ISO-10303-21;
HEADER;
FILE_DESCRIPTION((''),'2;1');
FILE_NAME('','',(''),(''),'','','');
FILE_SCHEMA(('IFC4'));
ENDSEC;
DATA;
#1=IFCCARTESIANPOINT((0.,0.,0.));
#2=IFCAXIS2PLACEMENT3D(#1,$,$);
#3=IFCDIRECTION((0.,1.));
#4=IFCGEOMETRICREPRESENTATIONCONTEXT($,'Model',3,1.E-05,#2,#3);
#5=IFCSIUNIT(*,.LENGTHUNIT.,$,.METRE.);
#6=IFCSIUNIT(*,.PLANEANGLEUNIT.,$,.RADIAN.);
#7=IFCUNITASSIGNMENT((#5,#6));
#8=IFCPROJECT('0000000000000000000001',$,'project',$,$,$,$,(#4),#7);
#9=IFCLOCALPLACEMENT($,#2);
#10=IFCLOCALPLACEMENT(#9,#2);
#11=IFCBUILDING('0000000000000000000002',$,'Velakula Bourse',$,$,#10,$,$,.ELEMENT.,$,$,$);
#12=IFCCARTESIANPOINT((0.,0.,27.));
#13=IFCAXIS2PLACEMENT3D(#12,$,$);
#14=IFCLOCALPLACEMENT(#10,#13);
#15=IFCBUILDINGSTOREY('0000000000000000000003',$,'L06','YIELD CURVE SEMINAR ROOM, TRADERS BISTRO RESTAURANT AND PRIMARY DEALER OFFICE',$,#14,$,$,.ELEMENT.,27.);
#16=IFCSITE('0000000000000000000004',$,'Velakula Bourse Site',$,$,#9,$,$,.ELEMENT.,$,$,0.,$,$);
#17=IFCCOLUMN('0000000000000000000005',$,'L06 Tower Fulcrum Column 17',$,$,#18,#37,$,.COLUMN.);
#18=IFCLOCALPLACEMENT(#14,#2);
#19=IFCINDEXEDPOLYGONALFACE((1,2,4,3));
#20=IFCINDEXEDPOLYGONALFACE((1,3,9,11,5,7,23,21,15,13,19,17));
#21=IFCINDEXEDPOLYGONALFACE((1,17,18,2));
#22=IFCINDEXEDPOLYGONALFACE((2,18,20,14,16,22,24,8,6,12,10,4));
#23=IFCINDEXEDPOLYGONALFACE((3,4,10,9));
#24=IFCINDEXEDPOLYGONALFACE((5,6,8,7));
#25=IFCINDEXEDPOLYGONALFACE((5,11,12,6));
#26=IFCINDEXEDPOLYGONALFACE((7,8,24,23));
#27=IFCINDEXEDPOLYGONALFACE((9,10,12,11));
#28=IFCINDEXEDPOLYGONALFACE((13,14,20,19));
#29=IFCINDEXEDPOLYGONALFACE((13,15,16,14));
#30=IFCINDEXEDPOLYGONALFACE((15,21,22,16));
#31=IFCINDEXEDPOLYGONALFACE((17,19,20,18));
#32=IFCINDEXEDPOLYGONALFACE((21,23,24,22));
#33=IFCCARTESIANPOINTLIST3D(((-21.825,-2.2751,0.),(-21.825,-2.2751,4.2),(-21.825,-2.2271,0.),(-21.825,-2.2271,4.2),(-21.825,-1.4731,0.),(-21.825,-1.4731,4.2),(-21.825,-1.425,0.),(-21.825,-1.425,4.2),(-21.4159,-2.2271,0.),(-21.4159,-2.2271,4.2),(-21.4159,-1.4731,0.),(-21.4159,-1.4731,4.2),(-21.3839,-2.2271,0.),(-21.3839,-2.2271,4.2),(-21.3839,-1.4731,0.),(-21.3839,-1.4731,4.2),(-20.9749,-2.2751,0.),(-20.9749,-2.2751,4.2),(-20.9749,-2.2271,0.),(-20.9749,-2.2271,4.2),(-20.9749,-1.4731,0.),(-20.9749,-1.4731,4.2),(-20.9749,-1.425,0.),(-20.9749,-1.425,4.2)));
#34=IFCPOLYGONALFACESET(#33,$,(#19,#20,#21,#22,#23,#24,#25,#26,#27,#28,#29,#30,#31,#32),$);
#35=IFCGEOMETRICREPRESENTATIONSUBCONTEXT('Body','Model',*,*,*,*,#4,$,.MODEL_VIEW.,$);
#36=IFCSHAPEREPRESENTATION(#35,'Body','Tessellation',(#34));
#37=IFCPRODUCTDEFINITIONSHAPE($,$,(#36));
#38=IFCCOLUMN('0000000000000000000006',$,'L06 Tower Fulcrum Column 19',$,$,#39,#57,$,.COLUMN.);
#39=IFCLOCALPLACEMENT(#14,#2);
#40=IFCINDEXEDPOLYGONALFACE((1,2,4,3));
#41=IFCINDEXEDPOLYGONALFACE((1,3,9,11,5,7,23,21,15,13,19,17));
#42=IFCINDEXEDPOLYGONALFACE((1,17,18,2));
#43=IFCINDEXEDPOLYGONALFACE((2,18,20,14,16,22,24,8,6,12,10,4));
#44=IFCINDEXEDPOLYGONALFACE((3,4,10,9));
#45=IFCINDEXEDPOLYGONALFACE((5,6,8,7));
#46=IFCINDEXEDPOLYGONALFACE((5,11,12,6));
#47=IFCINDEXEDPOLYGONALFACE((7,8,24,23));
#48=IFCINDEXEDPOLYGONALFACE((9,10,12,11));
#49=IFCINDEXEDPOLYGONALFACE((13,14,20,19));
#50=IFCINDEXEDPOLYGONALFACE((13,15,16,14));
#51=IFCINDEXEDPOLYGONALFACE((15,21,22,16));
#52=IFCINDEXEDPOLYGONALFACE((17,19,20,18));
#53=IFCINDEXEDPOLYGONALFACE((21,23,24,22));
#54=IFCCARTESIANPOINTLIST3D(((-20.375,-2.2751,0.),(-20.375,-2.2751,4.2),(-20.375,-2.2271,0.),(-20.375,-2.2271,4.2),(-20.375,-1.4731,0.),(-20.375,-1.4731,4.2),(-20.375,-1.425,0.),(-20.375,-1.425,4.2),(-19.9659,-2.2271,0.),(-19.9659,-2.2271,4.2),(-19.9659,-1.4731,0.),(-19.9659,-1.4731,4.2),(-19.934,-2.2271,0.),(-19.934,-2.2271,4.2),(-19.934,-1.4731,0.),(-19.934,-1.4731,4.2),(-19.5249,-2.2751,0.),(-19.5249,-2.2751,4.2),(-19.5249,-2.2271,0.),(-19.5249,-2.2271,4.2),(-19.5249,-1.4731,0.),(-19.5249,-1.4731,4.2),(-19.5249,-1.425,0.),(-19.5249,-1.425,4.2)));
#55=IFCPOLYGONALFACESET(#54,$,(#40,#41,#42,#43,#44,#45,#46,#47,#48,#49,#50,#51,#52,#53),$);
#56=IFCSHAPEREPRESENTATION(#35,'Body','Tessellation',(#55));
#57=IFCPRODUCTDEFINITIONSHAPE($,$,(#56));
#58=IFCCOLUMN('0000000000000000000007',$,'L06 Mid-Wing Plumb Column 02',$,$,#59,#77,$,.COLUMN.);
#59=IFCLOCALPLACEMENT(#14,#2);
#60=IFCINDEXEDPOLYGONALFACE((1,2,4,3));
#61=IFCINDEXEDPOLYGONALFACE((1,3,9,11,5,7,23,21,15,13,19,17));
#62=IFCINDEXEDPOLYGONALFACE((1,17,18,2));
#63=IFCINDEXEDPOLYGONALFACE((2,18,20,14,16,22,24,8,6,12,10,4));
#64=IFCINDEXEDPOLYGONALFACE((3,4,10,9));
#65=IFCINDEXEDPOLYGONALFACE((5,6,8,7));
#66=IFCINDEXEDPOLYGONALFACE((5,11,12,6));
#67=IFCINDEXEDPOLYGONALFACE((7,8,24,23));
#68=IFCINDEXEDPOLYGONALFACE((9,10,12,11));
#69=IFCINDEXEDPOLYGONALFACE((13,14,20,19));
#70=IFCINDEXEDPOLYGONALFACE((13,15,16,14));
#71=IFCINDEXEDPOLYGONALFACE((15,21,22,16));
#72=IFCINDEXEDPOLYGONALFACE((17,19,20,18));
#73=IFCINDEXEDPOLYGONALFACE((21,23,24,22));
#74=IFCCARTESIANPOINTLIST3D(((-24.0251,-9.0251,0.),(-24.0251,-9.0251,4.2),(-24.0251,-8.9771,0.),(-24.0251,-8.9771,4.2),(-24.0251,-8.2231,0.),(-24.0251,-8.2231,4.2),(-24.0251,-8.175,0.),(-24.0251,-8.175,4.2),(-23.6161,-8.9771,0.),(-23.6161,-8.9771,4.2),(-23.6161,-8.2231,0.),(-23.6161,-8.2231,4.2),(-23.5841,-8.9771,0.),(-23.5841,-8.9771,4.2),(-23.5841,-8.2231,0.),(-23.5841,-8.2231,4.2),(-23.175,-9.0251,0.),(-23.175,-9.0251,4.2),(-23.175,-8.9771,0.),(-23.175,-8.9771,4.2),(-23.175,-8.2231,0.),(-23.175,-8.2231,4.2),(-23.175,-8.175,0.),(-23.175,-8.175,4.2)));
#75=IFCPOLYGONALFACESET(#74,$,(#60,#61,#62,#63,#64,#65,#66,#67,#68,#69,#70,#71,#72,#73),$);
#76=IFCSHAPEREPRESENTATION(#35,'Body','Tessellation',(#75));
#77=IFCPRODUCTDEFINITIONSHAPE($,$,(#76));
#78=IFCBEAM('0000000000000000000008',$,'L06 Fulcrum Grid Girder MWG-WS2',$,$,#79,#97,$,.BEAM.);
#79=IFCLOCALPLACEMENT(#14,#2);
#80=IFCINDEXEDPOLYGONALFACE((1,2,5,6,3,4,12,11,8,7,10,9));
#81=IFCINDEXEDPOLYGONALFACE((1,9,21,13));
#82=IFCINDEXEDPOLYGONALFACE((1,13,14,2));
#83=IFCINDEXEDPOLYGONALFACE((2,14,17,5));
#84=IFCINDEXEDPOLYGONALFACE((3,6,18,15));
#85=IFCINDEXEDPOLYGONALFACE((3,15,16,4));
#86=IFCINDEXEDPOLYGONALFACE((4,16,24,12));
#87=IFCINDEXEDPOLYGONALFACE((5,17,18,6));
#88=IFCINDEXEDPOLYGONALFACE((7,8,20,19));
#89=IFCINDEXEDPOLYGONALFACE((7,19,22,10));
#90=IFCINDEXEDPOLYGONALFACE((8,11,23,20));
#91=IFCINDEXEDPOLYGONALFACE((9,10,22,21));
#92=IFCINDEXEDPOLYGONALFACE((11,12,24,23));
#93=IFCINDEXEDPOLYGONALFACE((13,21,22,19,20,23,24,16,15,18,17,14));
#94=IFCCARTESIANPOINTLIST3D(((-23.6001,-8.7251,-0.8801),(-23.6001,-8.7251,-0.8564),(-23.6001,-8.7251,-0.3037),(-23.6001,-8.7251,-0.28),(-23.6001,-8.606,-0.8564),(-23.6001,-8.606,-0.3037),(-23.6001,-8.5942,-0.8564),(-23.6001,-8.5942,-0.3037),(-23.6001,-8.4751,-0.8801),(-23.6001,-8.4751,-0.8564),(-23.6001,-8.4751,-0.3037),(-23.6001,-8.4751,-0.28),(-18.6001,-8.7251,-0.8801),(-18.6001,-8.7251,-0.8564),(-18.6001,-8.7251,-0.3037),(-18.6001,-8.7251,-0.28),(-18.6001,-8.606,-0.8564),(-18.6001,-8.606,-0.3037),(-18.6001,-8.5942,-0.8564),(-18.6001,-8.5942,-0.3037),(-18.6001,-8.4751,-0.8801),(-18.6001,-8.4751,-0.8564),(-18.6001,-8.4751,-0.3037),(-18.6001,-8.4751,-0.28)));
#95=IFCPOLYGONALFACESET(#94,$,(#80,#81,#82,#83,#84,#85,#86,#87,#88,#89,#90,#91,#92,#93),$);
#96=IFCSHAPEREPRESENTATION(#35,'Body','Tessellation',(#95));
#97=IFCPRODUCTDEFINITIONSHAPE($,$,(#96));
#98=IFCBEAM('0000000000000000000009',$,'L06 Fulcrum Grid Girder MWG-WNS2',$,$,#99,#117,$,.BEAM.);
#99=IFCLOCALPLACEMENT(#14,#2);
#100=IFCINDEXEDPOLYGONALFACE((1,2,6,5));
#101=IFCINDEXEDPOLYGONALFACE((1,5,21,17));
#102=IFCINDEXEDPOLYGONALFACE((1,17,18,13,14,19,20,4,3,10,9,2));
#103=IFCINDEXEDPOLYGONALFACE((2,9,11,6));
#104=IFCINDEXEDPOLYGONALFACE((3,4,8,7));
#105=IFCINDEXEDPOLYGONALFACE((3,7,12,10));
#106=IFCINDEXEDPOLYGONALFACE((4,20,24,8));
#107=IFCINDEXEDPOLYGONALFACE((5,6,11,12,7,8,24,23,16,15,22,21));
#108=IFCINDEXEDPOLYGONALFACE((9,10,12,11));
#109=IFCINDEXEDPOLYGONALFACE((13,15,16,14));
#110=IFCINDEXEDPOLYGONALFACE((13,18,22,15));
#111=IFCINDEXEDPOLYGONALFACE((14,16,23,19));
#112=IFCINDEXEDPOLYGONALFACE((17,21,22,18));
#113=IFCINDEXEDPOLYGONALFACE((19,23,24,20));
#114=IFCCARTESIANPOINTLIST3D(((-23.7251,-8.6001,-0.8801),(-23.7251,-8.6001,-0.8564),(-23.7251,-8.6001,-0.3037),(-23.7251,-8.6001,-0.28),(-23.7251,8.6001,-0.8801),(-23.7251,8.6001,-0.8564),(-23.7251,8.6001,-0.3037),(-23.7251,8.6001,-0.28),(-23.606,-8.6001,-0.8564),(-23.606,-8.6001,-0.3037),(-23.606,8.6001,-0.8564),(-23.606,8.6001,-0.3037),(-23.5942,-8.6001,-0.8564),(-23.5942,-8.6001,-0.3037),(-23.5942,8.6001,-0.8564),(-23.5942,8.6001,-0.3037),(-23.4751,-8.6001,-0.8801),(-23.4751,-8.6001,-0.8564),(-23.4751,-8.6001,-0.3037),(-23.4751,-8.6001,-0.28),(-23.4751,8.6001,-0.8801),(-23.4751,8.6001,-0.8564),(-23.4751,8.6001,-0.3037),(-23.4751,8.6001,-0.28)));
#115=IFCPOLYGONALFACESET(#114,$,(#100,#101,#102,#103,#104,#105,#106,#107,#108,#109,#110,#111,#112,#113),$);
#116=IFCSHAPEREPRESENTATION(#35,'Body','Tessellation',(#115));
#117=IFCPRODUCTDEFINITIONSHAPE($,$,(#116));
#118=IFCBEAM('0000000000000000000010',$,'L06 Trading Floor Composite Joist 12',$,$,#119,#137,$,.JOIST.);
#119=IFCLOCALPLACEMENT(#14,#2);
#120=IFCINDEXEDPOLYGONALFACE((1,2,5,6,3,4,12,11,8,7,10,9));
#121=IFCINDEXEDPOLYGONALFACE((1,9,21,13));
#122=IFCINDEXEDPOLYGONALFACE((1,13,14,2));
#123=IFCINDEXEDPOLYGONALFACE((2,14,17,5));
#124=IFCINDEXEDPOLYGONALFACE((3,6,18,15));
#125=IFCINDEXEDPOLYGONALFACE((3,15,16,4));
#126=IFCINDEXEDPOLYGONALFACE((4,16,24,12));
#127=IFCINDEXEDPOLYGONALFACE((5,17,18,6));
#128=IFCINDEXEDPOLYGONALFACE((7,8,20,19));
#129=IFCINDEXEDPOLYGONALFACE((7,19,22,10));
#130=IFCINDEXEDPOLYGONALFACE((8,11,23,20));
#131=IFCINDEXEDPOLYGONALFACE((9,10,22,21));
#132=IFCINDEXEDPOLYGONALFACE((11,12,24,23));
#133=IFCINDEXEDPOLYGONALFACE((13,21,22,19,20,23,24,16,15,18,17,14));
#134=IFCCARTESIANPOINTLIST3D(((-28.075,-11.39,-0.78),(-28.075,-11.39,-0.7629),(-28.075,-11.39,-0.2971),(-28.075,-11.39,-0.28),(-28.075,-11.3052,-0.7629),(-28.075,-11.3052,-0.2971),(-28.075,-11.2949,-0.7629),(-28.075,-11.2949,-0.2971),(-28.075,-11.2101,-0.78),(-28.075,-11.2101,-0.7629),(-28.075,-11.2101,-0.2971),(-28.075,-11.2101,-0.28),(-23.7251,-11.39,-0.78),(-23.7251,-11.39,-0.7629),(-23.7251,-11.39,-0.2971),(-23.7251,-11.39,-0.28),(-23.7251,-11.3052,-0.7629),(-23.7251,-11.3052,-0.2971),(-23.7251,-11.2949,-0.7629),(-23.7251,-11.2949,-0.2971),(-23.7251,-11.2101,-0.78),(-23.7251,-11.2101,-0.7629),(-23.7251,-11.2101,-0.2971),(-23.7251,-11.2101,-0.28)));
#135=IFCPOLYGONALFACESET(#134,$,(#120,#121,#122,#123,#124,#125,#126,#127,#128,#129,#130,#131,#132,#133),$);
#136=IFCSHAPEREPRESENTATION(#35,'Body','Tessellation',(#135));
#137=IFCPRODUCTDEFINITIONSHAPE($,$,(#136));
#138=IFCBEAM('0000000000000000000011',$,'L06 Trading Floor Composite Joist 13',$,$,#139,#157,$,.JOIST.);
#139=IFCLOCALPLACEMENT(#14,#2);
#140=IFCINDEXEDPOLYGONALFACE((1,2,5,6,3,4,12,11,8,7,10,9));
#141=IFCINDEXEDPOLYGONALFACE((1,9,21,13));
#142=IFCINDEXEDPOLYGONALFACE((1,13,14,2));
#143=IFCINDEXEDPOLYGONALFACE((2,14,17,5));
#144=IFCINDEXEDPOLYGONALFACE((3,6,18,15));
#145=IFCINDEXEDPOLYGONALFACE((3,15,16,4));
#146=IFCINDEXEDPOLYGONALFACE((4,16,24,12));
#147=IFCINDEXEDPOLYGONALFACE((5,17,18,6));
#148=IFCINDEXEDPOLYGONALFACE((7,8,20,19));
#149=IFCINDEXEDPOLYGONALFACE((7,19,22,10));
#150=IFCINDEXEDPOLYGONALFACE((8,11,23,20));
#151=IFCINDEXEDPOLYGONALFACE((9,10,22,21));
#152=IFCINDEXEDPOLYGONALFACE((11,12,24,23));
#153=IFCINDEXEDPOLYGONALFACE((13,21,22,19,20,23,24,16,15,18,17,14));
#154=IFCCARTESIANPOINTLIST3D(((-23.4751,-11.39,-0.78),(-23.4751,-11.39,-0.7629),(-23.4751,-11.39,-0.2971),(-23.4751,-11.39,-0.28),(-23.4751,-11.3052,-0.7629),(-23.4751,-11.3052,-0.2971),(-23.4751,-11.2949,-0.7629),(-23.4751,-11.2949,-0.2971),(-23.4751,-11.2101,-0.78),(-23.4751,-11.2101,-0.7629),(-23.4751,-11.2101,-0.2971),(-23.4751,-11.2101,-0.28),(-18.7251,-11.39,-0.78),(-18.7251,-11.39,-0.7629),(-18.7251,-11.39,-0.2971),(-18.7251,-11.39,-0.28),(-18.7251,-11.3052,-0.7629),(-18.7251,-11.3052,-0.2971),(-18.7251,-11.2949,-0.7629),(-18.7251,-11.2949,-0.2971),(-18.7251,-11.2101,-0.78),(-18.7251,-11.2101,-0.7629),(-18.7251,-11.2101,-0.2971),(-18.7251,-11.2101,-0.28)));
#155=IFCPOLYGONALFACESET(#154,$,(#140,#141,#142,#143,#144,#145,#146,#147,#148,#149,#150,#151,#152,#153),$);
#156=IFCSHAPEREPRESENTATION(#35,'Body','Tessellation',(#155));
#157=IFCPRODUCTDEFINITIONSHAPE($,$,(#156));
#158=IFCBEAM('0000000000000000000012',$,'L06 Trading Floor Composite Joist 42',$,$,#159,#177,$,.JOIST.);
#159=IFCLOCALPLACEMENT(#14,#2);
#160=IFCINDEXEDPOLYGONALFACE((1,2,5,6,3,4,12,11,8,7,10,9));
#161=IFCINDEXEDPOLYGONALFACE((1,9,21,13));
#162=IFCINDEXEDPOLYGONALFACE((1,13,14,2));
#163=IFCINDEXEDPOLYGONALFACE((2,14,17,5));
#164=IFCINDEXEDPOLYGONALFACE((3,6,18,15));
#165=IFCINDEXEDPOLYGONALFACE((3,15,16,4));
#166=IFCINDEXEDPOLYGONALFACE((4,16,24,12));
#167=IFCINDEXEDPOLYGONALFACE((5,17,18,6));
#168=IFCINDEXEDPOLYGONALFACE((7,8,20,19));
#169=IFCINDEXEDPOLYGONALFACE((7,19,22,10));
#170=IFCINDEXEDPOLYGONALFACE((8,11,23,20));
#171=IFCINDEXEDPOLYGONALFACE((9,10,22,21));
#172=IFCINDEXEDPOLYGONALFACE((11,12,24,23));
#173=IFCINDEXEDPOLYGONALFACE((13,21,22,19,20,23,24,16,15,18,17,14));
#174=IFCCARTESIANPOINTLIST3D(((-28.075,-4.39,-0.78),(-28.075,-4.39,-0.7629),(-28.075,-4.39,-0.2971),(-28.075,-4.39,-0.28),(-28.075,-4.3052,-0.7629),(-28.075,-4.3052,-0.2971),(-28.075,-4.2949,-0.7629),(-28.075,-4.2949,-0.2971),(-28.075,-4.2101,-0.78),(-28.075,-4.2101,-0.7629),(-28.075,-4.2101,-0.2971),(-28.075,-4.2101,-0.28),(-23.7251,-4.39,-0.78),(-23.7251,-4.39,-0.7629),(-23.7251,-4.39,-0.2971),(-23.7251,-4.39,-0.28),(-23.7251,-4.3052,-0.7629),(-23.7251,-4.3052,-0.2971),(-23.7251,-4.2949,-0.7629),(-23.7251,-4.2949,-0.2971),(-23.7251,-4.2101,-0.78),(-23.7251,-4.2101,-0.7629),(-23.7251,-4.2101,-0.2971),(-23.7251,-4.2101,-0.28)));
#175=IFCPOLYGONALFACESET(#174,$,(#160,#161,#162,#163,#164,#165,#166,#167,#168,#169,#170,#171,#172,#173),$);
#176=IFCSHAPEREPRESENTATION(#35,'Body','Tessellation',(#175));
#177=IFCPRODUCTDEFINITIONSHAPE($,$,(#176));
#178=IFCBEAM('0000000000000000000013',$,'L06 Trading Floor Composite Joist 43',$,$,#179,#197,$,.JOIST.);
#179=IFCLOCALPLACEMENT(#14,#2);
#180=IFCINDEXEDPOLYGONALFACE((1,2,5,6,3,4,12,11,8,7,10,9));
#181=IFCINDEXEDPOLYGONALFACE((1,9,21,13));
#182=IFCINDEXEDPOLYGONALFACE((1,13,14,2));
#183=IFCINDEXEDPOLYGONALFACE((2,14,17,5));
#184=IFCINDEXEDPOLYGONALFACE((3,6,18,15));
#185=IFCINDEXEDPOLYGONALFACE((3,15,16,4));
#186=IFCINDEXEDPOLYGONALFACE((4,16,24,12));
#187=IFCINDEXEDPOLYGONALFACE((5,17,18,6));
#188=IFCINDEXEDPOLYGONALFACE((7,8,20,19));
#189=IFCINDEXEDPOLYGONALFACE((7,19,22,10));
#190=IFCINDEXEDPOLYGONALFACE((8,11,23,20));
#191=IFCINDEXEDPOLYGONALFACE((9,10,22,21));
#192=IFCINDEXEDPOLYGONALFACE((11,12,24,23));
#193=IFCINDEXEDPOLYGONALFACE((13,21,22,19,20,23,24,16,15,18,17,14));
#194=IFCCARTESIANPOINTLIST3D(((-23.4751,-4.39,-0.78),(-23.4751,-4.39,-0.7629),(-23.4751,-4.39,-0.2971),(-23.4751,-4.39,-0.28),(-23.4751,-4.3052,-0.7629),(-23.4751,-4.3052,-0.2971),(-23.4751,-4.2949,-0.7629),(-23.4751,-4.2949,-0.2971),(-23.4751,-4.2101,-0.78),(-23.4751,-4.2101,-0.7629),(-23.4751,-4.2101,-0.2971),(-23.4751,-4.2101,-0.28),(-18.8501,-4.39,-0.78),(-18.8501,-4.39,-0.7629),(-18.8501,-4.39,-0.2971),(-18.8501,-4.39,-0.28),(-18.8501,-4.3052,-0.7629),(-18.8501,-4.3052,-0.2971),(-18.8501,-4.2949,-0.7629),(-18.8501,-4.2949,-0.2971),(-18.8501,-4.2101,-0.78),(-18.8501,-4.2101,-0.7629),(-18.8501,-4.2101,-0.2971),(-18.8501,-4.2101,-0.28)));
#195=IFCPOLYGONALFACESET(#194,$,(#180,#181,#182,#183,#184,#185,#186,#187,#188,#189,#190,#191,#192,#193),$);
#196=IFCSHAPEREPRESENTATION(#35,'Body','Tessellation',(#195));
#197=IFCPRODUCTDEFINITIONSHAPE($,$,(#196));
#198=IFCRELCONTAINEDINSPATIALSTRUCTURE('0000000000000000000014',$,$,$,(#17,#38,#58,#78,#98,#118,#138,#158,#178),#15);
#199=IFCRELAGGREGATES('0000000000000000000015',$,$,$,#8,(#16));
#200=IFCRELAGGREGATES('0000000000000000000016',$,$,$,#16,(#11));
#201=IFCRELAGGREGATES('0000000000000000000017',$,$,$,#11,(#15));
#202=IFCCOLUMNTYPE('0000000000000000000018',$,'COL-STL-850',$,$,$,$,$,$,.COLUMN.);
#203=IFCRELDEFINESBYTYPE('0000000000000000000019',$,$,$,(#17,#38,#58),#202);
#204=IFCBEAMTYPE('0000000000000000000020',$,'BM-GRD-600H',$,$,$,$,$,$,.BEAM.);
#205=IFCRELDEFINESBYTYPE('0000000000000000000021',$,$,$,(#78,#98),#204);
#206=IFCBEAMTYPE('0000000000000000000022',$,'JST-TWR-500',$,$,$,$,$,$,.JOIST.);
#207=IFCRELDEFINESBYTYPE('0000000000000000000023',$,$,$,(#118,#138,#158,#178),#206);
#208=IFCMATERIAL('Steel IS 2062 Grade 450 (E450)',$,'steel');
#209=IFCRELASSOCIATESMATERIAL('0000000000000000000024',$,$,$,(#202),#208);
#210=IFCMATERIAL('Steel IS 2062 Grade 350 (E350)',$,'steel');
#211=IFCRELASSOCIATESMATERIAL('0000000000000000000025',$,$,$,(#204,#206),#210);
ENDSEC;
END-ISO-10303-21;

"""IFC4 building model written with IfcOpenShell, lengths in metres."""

from ifc_helpers import new_model, si_unit, direction, frame, origin, origin_2d, place, context, subcontext, project, spatial, i_section, extrude, material, material_profile, profile_set, type_object, element, save


model = new_model("IFC4")

# Units and contexts
model_context = context("Model", 3, precision=1e-05, world=origin(), true_north=direction((0.0, 1.0)))
body_context = subcontext(model_context, "Body", "Model", "MODEL_VIEW")
ifc_project = project(units=[si_unit("LENGTHUNIT", "METRE"), si_unit("PLANEANGLEUNIT", "RADIAN")], contexts=[model_context])

# Site, building, storey
site_placement = place(None, origin())
site = spatial("IfcSite", under=ifc_project, at=site_placement, Name="Velakula Bourse Site", CompositionType="ELEMENT", RefElevation=0.0)
building_placement = place(site_placement, origin())
building = spatial("IfcBuilding", under=site, at=building_placement, Name="Velakula Bourse", CompositionType="ELEMENT")
storey_placement = place(building_placement, frame((0.0, 0.0, 27.0)))
storey = spatial("IfcBuildingStorey", under=building, at=storey_placement, Name="L06", Description="YIELD CURVE SEMINAR ROOM, TRADERS BISTRO RESTAURANT AND PRIMARY DEALER OFFICE", CompositionType="ELEMENT", Elevation=27.0)

# Columns
ifc_material_1 = material(Name="Steel IS 2062 Grade 450 (E450)", Category="steel")
ifc_material_profile_1 = material_profile(ifc_material_1, i_section(OverallWidth=0.8501, OverallDepth=0.8501, WebThickness=0.032, FlangeThickness=0.0481, at=origin_2d()), Name="Steel IS 2062 Grade 450 (E450)")
ifc_profile_set_1 = profile_set([ifc_material_profile_1], Name="Steel IS 2062 Grade 450 (E450)")
column_type = type_object("IfcColumnType", Name="COL-STL-850", PredefinedType="COLUMN", material=ifc_profile_set_1)
for number, where, z_axis, x_axis, name in (
    (1, (-21.3999, -1.8501, 0.0), (0.0, 0.0, 1.0), (1.0, 0.0, 0.0), "L06 Tower Fulcrum Column 17"),
    (2, (-19.95, -1.8501, 0.0), (0.0, 0.0, 1.0), (1.0, 0.0, 0.0), "L06 Tower Fulcrum Column 19"),
    (3, (-23.6001, -8.6001, 0.0), (0.0, 0.0, 1.0), (1.0, 0.0, 0.0), "L06 Mid-Wing Plumb Column 02"),
):
    element("IfcColumn", number, at=place(storey_placement, frame(where, z_axis=z_axis, x_axis=x_axis)), inside=storey, type_object=column_type, Name=name, PredefinedType="COLUMN", context=body_context, shape_type="SweptSolid", body=[
        extrude(i_section(OverallWidth=0.8501, OverallDepth=0.8501, WebThickness=0.032, FlangeThickness=0.0481, at=origin_2d()), origin(), (0.0, 0.0, 1.0), 4.2),
    ])

# Beams
ifc_material_2 = material(Name="Steel IS 2062 Grade 350 (E350)", Category="steel")
ifc_material_profile_2 = material_profile(ifc_material_2, i_section(OverallWidth=0.25, OverallDepth=0.6001, WebThickness=0.0117, FlangeThickness=0.0237, at=origin_2d()), Name="Steel IS 2062 Grade 350 (E350)")
ifc_profile_set_2 = profile_set([ifc_material_profile_2], Name="Steel IS 2062 Grade 350 (E350)")
beam_type_1 = type_object("IfcBeamType", Name="BM-GRD-600H", PredefinedType="BEAM", material=ifc_profile_set_2)
beam_1_placement = place(storey_placement, frame((-23.6001, -8.6001, -0.5801), z_axis=(1.0, 0.0, 0.0), x_axis=(0.0, 1.0, 0.0)))
element("IfcBeam", 4, at=beam_1_placement, inside=storey, type_object=beam_type_1, Name="L06 Fulcrum Grid Girder MWG-WS2", PredefinedType="BEAM", context=body_context, shape_type="SweptSolid", body=[
    extrude(i_section(OverallWidth=0.25, OverallDepth=0.6001, WebThickness=0.0117, FlangeThickness=0.0237, at=origin_2d()), origin(), (0.0, 0.0, 1.0), 5.0),
])
beam_2_placement = place(storey_placement, frame((-23.6001, -8.6001, -0.5801), z_axis=(0.0, 1.0, 0.0), x_axis=(-1.0, 0.0, 0.0)))
element("IfcBeam", 5, at=beam_2_placement, inside=storey, type_object=beam_type_1, Name="L06 Fulcrum Grid Girder MWG-WNS2", PredefinedType="BEAM", context=body_context, shape_type="SweptSolid", body=[
    extrude(i_section(OverallWidth=0.25, OverallDepth=0.6001, WebThickness=0.0117, FlangeThickness=0.0237, at=origin_2d()), origin(), (0.0, 0.0, 1.0), 17.2002),
])
ifc_material_profile_3 = material_profile(ifc_material_2, i_section(OverallWidth=0.1799, OverallDepth=0.5, WebThickness=0.0103, FlangeThickness=0.0171, at=origin_2d()), Name="Steel IS 2062 Grade 350 (E350)")
ifc_profile_set_3 = profile_set([ifc_material_profile_3], Name="Steel IS 2062 Grade 350 (E350)")
beam_type_2 = type_object("IfcBeamType", Name="JST-TWR-500", PredefinedType="JOIST", material=ifc_profile_set_3)
beam_3_placement = place(storey_placement, frame((-28.075, -11.3, -0.53), z_axis=(1.0, 0.0, 0.0), x_axis=(0.0, 1.0, 0.0)))
element("IfcBeam", 6, at=beam_3_placement, inside=storey, type_object=beam_type_2, Name="L06 Trading Floor Composite Joist 12", PredefinedType="JOIST", context=body_context, shape_type="SweptSolid", body=[
    extrude(i_section(OverallWidth=0.1799, OverallDepth=0.5, WebThickness=0.0103, FlangeThickness=0.0171, at=origin_2d()), origin(), (0.0, 0.0, 1.0), 4.3499),
])
beam_4_placement = place(storey_placement, frame((-23.4751, -11.3, -0.53), z_axis=(1.0, 0.0, 0.0), x_axis=(0.0, 1.0, 0.0)))
element("IfcBeam", 7, at=beam_4_placement, inside=storey, type_object=beam_type_2, Name="L06 Trading Floor Composite Joist 13", PredefinedType="JOIST", context=body_context, shape_type="SweptSolid", body=[
    extrude(i_section(OverallWidth=0.1799, OverallDepth=0.5, WebThickness=0.0103, FlangeThickness=0.0171, at=origin_2d()), origin(), (0.0, 0.0, 1.0), 4.75),
])
beam_5_placement = place(storey_placement, frame((-28.075, -4.3, -0.53), z_axis=(1.0, 0.0, 0.0), x_axis=(0.0, 1.0, 0.0)))
element("IfcBeam", 8, at=beam_5_placement, inside=storey, type_object=beam_type_2, Name="L06 Trading Floor Composite Joist 42", PredefinedType="JOIST", context=body_context, shape_type="SweptSolid", body=[
    extrude(i_section(OverallWidth=0.1799, OverallDepth=0.5, WebThickness=0.0103, FlangeThickness=0.0171, at=origin_2d()), origin(), (0.0, 0.0, 1.0), 4.3499),
])
beam_6_placement = place(storey_placement, frame((-23.4751, -4.3, -0.53), z_axis=(1.0, 0.0, 0.0), x_axis=(0.0, 1.0, 0.0)))
element("IfcBeam", 9, at=beam_6_placement, inside=storey, type_object=beam_type_2, Name="L06 Trading Floor Composite Joist 43", PredefinedType="JOIST", context=body_context, shape_type="SweptSolid", body=[
    extrude(i_section(OverallWidth=0.1799, OverallDepth=0.5, WebThickness=0.0103, FlangeThickness=0.0171, at=origin_2d()), origin(), (0.0, 0.0, 1.0), 4.625),
])

save(model, "model.ifc")
